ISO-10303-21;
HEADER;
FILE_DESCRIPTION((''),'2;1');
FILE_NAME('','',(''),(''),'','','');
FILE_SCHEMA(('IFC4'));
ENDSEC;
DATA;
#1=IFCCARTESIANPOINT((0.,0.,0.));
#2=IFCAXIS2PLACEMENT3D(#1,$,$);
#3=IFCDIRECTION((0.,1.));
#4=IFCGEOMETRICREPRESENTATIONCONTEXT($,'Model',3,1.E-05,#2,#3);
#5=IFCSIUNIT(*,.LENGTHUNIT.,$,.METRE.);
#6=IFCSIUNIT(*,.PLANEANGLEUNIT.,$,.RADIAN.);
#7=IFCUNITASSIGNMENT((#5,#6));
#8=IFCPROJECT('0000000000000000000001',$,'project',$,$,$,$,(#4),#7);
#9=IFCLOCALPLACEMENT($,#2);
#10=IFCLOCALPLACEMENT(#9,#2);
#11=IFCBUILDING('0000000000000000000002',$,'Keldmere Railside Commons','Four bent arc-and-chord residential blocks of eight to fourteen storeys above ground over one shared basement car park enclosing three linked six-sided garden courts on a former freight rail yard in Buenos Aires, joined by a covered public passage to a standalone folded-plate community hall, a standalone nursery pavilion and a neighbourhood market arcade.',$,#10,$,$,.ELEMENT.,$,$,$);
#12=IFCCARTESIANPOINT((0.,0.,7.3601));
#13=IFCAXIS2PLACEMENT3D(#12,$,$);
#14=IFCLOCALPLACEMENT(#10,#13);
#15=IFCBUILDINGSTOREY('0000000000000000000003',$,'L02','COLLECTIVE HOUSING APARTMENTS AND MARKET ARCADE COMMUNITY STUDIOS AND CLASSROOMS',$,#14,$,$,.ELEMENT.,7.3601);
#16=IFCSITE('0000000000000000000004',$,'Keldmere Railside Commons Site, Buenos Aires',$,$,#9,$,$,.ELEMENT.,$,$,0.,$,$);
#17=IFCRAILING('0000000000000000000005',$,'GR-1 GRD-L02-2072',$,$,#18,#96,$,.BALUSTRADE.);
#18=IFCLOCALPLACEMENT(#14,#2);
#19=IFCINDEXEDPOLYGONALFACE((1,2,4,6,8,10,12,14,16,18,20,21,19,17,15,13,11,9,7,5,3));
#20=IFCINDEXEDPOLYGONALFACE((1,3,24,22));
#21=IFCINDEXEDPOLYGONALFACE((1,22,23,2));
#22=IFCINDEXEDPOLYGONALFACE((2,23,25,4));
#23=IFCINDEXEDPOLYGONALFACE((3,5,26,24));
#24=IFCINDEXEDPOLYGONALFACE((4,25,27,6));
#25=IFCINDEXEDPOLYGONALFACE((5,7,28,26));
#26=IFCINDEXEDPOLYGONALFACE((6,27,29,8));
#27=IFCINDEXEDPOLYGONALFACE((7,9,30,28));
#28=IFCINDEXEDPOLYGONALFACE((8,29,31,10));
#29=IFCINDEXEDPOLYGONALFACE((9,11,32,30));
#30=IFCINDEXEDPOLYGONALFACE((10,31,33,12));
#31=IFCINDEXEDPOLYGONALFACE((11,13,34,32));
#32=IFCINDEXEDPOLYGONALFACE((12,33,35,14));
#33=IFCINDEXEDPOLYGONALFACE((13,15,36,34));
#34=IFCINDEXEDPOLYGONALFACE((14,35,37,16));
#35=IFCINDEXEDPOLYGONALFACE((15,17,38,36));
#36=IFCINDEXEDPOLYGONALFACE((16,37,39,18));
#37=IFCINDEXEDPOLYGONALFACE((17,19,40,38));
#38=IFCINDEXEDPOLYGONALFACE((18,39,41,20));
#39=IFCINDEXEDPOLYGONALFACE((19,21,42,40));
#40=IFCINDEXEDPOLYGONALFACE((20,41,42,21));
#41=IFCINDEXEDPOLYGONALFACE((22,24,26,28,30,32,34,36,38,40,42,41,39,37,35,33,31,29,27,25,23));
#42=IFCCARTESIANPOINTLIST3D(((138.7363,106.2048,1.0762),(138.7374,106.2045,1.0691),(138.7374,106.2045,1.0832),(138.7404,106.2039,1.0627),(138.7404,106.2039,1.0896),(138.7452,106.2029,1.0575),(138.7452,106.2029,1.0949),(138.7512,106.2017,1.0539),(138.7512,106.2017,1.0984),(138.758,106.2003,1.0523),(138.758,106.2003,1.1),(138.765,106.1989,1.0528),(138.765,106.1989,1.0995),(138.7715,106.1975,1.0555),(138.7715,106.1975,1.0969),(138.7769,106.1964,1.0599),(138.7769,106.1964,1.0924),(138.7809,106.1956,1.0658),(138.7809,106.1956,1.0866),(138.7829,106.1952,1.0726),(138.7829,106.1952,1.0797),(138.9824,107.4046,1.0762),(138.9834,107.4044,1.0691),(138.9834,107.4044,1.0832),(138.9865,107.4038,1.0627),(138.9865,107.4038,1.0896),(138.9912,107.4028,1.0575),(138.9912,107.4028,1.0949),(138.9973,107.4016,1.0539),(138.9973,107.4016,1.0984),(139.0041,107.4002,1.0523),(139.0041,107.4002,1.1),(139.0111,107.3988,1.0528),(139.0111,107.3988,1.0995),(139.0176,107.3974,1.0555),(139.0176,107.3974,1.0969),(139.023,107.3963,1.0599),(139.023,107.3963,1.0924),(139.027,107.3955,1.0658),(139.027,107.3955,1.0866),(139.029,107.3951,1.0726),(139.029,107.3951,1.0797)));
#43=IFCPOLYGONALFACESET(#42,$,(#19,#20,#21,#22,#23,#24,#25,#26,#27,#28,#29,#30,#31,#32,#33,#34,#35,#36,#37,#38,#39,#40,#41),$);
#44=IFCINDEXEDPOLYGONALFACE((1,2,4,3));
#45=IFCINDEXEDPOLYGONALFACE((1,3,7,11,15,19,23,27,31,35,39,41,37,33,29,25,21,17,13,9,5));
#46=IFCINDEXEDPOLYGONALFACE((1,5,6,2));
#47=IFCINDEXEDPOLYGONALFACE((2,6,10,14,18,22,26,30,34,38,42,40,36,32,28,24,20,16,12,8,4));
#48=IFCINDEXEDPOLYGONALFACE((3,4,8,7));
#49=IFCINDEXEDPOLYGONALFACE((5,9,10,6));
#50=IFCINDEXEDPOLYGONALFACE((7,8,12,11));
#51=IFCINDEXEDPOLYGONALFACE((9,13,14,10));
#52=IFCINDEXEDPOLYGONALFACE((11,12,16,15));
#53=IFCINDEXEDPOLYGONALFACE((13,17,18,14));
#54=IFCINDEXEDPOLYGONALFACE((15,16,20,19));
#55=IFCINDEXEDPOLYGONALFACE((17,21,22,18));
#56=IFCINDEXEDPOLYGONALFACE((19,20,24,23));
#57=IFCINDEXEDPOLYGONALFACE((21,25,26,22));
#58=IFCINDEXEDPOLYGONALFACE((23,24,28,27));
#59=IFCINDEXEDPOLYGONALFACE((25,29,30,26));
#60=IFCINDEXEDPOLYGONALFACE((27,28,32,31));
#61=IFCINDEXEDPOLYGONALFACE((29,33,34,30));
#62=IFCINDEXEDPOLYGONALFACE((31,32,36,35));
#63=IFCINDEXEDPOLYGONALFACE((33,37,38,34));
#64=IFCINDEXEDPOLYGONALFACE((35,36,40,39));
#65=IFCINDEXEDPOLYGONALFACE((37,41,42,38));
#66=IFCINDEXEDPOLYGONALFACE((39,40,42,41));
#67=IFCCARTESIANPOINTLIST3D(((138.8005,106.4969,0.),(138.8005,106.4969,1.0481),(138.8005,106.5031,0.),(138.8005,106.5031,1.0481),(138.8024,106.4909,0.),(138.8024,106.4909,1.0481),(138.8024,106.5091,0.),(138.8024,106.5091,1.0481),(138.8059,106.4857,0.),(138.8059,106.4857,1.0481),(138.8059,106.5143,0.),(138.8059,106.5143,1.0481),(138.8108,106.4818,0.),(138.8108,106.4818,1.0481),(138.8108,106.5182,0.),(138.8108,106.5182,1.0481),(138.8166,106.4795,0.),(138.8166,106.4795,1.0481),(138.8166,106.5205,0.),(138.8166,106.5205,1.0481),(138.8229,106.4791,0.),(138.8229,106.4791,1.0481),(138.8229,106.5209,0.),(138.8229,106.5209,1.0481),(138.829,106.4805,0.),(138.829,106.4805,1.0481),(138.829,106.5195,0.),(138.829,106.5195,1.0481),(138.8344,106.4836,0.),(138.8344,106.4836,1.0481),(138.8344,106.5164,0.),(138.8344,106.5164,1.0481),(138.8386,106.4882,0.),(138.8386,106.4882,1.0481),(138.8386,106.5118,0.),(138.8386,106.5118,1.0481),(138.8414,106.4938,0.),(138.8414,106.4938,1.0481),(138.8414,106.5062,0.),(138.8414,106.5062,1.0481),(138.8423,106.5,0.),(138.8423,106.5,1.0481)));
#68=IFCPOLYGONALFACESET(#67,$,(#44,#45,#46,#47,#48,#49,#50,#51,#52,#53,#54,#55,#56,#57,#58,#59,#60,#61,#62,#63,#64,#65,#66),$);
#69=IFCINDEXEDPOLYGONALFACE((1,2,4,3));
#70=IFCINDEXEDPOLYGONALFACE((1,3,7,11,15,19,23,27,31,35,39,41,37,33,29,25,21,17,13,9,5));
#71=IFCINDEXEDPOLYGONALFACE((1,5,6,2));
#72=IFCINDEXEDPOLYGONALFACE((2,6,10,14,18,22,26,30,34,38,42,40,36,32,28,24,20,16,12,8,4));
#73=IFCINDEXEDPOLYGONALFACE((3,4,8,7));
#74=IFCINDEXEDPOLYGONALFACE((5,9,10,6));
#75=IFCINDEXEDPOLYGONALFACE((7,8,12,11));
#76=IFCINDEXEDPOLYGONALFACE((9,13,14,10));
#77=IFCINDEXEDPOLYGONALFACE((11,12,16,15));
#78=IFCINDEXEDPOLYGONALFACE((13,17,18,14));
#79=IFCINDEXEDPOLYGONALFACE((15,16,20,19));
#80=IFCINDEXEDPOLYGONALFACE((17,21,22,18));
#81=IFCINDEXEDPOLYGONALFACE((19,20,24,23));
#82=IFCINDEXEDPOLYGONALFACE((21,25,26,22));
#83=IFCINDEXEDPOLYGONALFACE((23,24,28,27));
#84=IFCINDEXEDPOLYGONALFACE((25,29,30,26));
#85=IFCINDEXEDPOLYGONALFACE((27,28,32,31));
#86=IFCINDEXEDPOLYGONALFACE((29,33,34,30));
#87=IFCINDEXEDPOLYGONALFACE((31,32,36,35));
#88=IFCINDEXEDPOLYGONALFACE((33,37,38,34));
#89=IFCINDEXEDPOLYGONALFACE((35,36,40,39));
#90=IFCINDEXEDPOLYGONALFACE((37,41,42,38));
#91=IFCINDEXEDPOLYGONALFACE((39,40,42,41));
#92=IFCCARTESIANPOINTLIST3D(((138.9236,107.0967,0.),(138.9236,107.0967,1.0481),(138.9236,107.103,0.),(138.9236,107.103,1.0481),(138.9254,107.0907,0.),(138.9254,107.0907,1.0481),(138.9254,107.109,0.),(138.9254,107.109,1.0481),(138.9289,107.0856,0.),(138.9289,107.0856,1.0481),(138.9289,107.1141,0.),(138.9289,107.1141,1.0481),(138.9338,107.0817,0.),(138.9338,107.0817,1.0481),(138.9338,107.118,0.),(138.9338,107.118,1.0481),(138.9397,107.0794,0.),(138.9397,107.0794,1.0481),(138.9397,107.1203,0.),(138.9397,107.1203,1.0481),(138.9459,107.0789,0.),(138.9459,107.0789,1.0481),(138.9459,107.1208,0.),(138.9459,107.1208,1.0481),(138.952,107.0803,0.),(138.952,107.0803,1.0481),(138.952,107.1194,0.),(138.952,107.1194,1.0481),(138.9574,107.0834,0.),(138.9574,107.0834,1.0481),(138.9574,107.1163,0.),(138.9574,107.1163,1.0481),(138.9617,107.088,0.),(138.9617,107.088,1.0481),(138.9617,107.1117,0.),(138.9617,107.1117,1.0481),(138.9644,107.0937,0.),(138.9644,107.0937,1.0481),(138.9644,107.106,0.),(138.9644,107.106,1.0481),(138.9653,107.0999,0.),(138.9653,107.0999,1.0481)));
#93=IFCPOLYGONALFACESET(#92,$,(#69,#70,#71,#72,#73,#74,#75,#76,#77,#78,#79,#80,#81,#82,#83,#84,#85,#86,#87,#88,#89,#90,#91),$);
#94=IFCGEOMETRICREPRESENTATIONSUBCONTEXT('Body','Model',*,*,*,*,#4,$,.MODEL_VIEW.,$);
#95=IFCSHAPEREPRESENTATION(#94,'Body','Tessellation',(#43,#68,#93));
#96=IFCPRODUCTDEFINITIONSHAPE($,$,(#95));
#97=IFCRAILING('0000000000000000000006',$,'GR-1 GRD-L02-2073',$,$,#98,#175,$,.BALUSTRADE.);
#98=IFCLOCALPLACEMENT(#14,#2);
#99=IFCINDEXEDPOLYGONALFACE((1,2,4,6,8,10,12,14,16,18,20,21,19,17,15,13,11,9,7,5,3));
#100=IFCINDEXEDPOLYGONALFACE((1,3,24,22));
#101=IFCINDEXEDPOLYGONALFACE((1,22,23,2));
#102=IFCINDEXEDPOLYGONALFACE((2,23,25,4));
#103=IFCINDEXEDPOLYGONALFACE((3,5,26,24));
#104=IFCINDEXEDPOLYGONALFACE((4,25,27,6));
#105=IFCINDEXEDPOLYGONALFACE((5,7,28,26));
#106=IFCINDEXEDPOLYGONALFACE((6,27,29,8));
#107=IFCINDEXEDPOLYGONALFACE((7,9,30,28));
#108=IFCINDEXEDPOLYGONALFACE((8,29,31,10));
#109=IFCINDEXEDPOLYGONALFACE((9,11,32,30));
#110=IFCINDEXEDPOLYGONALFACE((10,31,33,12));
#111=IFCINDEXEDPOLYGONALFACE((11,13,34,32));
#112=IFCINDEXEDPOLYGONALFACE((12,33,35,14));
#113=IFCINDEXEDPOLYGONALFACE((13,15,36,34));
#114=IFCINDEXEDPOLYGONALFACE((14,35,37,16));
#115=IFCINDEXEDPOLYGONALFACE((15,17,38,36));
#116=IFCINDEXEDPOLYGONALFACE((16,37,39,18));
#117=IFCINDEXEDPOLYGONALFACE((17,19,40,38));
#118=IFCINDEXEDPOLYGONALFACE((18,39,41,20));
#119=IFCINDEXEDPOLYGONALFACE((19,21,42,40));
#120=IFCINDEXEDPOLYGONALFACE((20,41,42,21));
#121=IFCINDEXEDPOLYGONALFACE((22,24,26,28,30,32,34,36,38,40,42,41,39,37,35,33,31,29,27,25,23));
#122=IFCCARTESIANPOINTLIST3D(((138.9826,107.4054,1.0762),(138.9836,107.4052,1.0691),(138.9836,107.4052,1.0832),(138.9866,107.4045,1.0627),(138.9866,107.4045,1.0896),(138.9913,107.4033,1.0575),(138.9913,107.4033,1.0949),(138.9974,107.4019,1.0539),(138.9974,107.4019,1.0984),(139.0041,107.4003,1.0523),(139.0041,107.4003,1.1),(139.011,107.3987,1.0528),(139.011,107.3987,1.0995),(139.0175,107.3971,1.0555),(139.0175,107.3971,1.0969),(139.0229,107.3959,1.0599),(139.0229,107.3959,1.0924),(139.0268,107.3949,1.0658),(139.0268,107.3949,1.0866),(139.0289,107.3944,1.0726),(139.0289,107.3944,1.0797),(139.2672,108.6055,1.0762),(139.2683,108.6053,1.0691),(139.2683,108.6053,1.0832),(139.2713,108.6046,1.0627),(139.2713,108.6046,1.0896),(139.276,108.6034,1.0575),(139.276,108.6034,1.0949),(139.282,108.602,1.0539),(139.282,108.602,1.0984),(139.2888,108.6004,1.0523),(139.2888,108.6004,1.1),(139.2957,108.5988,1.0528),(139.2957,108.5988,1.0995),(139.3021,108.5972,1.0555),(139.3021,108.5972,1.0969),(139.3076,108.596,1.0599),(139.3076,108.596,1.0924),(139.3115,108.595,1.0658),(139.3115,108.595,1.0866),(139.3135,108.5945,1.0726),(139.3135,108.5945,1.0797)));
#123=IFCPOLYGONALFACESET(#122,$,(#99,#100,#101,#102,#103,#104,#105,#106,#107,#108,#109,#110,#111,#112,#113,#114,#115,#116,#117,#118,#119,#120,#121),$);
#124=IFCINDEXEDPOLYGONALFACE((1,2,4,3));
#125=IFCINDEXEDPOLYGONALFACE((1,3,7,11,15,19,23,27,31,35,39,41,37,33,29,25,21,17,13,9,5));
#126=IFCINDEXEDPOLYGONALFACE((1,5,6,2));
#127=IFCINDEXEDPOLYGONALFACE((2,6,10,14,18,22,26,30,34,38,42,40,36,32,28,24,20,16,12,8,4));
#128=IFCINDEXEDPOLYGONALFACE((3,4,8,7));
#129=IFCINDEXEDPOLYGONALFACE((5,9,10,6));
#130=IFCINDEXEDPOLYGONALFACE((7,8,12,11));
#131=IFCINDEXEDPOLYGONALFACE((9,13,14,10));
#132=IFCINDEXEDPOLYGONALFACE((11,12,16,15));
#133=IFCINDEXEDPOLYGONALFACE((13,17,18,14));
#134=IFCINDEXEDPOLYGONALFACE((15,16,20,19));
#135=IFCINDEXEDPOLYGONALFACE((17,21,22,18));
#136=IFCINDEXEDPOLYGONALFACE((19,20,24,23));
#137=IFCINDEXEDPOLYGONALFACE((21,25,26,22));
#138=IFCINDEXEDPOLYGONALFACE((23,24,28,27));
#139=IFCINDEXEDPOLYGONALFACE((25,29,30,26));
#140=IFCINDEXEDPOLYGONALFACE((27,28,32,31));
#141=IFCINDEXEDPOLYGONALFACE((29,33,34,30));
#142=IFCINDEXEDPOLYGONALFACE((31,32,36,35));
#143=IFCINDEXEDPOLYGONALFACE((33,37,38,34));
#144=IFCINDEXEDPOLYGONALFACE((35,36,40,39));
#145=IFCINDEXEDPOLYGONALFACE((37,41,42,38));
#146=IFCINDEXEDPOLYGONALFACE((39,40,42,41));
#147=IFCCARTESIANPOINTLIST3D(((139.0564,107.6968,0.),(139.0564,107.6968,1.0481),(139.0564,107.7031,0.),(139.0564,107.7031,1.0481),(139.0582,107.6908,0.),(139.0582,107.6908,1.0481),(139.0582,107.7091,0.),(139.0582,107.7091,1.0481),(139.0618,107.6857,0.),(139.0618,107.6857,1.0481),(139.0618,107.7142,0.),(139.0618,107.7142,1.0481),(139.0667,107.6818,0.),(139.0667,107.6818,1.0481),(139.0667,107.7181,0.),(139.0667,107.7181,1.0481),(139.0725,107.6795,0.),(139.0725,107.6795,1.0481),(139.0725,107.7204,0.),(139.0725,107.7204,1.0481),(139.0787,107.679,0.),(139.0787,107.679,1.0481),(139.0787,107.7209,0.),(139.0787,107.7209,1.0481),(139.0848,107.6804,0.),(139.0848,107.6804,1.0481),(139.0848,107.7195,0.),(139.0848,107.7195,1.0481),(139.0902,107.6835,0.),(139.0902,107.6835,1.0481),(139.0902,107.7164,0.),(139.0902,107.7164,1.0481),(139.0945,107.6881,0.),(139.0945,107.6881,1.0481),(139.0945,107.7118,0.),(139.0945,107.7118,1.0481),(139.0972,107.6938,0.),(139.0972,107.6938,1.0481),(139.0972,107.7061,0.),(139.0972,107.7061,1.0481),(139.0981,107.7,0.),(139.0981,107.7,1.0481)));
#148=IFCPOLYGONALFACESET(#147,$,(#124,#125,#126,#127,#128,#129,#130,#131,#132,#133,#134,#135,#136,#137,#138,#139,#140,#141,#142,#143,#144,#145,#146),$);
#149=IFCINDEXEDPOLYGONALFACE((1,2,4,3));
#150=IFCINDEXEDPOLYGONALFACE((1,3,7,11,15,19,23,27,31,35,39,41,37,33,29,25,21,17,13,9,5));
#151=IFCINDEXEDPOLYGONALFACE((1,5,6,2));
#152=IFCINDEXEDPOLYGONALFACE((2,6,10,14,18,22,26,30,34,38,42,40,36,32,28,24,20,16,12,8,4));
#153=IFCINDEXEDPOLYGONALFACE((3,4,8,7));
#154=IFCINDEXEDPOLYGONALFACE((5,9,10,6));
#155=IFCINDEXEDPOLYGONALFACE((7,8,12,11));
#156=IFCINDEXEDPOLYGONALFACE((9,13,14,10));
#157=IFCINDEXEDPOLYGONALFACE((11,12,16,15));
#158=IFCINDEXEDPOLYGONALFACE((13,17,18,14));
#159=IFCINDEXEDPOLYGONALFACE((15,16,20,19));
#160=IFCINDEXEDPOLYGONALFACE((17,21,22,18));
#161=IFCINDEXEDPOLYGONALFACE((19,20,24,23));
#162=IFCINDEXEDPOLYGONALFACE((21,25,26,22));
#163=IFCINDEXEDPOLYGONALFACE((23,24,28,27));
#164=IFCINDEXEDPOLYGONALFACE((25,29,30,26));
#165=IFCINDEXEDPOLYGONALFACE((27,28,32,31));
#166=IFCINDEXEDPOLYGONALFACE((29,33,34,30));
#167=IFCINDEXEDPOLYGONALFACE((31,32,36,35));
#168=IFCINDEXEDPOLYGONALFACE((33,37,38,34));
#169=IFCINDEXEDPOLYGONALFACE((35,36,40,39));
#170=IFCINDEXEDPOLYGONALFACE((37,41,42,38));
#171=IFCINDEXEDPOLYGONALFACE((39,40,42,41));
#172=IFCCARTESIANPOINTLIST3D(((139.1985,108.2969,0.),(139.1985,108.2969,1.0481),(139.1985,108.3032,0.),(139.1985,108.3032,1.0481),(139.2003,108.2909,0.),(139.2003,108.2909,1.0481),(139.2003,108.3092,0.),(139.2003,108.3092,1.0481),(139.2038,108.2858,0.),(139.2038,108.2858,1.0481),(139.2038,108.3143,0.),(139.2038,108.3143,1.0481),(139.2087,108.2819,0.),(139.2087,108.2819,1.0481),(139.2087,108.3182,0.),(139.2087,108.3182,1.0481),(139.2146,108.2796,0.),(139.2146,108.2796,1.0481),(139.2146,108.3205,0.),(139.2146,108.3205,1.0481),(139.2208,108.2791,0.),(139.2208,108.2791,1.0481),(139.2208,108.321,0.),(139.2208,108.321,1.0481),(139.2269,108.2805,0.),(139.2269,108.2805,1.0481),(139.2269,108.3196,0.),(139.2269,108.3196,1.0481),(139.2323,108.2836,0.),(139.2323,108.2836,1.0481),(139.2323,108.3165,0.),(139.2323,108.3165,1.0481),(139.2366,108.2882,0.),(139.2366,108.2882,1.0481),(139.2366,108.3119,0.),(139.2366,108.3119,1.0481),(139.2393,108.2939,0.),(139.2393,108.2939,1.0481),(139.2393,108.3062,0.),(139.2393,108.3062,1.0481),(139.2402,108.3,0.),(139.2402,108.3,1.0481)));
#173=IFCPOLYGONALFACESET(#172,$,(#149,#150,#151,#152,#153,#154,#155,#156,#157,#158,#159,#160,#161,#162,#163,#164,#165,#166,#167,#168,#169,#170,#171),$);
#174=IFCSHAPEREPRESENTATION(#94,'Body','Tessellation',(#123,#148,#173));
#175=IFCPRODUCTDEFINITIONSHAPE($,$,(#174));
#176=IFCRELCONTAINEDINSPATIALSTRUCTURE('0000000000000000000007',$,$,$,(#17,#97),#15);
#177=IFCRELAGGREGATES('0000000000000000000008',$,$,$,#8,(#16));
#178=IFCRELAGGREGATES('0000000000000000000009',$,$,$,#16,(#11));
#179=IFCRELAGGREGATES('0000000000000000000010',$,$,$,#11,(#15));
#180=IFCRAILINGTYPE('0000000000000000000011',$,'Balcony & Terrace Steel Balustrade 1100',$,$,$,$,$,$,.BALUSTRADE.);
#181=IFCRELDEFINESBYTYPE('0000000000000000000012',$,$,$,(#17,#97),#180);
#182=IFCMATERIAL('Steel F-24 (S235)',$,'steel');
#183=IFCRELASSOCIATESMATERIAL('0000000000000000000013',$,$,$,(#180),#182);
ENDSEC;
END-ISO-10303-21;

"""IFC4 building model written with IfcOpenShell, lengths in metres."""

from ifc_helpers import new_model, si_unit, direction, frame, origin, origin_2d, place, context, subcontext, project, spatial, circle, extrude, material, type_object, element, save


model = new_model("IFC4")

# Units and contexts
model_context = context("Model", 3, precision=1e-05, world=origin(), true_north=direction((0.0, 1.0)))
body_context = subcontext(model_context, "Body", "Model", "MODEL_VIEW")
ifc_project = project(units=[si_unit("LENGTHUNIT", "METRE"), si_unit("PLANEANGLEUNIT", "RADIAN")], contexts=[model_context])

# Site, building, storey
site_placement = place(None, origin())
site = spatial("IfcSite", under=ifc_project, at=site_placement, Name="Keldmere Railside Commons Site, Buenos Aires", CompositionType="ELEMENT", RefElevation=0.0)
building_placement = place(site_placement, origin())
building = spatial("IfcBuilding", under=site, at=building_placement, Name="Keldmere Railside Commons", Description="Four bent arc-and-chord residential blocks of eight to fourteen storeys above ground over one shared basement car park enclosing three linked six-sided garden courts on a former freight rail yard in Buenos Aires, joined by a covered public passage to a standalone folded-plate community hall, a standalone nursery pavilion and a neighbourhood market arcade.", CompositionType="ELEMENT")
storey_placement = place(building_placement, frame((0.0, 0.0, 7.3601)))
storey = spatial("IfcBuildingStorey", under=building, at=storey_placement, Name="L02", Description="COLLECTIVE HOUSING APARTMENTS AND MARKET ARCADE COMMUNITY STUDIOS AND CLASSROOMS", CompositionType="ELEMENT", Elevation=7.3601)

# Shared definitions
ifc_material_1 = material(Name="Steel F-24 (S235)", Category="steel")

# Railings
railing_type_1 = type_object("IfcRailingType", Name="Balcony & Terrace Steel Balustrade 1100", PredefinedType="BALUSTRADE", material=ifc_material_1)
railing_1_placement = place(storey_placement, frame((138.7598, 106.2, 0.0)))
element("IfcRailing", 1, at=railing_1_placement, inside=storey, type_object=railing_type_1, Name="GR-1 GRD-L02-2072", PredefinedType="BALUSTRADE", context=body_context, shape_type="SweptSolid", body=[
    extrude(circle(Radius=0.0239, at=origin_2d()), frame((0.0, 0.0, 1.0762), z_axis=(0.200905, 0.979611, 0.0), x_axis=(-0.979611, 0.200905, 0.0)), (0.0, 0.0, 1.0), 1.2249),
    extrude(circle(Radius=0.021, at=origin_2d()), frame((0.0615, 0.3, 0.0)), (0.0, 0.0, 1.0), 1.0481),
    extrude(circle(Radius=0.021, at=origin_2d()), frame((0.1846, 0.8999, 0.0)), (0.0, 0.0, 1.0), 1.0481),
])
railing_2_placement = place(storey_placement, frame((139.0059, 107.3999, 0.0)))
element("IfcRailing", 2, at=railing_2_placement, inside=storey, type_object=railing_type_1, Name="GR-1 GRD-L02-2073", PredefinedType="BALUSTRADE", context=body_context, shape_type="SweptSolid", body=[
    extrude(circle(Radius=0.0239, at=origin_2d()), frame((0.0, 0.0, 1.0762), z_axis=(0.230782, 0.973005, 0.0), x_axis=(-0.973005, 0.230782, 0.0)), (0.0, 0.0, 1.0), 1.2334),
    extrude(circle(Radius=0.021, at=origin_2d()), frame((0.0713, 0.3, 0.0)), (0.0, 0.0, 1.0), 1.0481),
    extrude(circle(Radius=0.021, at=origin_2d()), frame((0.2134, 0.9001, 0.0)), (0.0, 0.0, 1.0), 1.0481),
])

save(model, "model.ifc")
